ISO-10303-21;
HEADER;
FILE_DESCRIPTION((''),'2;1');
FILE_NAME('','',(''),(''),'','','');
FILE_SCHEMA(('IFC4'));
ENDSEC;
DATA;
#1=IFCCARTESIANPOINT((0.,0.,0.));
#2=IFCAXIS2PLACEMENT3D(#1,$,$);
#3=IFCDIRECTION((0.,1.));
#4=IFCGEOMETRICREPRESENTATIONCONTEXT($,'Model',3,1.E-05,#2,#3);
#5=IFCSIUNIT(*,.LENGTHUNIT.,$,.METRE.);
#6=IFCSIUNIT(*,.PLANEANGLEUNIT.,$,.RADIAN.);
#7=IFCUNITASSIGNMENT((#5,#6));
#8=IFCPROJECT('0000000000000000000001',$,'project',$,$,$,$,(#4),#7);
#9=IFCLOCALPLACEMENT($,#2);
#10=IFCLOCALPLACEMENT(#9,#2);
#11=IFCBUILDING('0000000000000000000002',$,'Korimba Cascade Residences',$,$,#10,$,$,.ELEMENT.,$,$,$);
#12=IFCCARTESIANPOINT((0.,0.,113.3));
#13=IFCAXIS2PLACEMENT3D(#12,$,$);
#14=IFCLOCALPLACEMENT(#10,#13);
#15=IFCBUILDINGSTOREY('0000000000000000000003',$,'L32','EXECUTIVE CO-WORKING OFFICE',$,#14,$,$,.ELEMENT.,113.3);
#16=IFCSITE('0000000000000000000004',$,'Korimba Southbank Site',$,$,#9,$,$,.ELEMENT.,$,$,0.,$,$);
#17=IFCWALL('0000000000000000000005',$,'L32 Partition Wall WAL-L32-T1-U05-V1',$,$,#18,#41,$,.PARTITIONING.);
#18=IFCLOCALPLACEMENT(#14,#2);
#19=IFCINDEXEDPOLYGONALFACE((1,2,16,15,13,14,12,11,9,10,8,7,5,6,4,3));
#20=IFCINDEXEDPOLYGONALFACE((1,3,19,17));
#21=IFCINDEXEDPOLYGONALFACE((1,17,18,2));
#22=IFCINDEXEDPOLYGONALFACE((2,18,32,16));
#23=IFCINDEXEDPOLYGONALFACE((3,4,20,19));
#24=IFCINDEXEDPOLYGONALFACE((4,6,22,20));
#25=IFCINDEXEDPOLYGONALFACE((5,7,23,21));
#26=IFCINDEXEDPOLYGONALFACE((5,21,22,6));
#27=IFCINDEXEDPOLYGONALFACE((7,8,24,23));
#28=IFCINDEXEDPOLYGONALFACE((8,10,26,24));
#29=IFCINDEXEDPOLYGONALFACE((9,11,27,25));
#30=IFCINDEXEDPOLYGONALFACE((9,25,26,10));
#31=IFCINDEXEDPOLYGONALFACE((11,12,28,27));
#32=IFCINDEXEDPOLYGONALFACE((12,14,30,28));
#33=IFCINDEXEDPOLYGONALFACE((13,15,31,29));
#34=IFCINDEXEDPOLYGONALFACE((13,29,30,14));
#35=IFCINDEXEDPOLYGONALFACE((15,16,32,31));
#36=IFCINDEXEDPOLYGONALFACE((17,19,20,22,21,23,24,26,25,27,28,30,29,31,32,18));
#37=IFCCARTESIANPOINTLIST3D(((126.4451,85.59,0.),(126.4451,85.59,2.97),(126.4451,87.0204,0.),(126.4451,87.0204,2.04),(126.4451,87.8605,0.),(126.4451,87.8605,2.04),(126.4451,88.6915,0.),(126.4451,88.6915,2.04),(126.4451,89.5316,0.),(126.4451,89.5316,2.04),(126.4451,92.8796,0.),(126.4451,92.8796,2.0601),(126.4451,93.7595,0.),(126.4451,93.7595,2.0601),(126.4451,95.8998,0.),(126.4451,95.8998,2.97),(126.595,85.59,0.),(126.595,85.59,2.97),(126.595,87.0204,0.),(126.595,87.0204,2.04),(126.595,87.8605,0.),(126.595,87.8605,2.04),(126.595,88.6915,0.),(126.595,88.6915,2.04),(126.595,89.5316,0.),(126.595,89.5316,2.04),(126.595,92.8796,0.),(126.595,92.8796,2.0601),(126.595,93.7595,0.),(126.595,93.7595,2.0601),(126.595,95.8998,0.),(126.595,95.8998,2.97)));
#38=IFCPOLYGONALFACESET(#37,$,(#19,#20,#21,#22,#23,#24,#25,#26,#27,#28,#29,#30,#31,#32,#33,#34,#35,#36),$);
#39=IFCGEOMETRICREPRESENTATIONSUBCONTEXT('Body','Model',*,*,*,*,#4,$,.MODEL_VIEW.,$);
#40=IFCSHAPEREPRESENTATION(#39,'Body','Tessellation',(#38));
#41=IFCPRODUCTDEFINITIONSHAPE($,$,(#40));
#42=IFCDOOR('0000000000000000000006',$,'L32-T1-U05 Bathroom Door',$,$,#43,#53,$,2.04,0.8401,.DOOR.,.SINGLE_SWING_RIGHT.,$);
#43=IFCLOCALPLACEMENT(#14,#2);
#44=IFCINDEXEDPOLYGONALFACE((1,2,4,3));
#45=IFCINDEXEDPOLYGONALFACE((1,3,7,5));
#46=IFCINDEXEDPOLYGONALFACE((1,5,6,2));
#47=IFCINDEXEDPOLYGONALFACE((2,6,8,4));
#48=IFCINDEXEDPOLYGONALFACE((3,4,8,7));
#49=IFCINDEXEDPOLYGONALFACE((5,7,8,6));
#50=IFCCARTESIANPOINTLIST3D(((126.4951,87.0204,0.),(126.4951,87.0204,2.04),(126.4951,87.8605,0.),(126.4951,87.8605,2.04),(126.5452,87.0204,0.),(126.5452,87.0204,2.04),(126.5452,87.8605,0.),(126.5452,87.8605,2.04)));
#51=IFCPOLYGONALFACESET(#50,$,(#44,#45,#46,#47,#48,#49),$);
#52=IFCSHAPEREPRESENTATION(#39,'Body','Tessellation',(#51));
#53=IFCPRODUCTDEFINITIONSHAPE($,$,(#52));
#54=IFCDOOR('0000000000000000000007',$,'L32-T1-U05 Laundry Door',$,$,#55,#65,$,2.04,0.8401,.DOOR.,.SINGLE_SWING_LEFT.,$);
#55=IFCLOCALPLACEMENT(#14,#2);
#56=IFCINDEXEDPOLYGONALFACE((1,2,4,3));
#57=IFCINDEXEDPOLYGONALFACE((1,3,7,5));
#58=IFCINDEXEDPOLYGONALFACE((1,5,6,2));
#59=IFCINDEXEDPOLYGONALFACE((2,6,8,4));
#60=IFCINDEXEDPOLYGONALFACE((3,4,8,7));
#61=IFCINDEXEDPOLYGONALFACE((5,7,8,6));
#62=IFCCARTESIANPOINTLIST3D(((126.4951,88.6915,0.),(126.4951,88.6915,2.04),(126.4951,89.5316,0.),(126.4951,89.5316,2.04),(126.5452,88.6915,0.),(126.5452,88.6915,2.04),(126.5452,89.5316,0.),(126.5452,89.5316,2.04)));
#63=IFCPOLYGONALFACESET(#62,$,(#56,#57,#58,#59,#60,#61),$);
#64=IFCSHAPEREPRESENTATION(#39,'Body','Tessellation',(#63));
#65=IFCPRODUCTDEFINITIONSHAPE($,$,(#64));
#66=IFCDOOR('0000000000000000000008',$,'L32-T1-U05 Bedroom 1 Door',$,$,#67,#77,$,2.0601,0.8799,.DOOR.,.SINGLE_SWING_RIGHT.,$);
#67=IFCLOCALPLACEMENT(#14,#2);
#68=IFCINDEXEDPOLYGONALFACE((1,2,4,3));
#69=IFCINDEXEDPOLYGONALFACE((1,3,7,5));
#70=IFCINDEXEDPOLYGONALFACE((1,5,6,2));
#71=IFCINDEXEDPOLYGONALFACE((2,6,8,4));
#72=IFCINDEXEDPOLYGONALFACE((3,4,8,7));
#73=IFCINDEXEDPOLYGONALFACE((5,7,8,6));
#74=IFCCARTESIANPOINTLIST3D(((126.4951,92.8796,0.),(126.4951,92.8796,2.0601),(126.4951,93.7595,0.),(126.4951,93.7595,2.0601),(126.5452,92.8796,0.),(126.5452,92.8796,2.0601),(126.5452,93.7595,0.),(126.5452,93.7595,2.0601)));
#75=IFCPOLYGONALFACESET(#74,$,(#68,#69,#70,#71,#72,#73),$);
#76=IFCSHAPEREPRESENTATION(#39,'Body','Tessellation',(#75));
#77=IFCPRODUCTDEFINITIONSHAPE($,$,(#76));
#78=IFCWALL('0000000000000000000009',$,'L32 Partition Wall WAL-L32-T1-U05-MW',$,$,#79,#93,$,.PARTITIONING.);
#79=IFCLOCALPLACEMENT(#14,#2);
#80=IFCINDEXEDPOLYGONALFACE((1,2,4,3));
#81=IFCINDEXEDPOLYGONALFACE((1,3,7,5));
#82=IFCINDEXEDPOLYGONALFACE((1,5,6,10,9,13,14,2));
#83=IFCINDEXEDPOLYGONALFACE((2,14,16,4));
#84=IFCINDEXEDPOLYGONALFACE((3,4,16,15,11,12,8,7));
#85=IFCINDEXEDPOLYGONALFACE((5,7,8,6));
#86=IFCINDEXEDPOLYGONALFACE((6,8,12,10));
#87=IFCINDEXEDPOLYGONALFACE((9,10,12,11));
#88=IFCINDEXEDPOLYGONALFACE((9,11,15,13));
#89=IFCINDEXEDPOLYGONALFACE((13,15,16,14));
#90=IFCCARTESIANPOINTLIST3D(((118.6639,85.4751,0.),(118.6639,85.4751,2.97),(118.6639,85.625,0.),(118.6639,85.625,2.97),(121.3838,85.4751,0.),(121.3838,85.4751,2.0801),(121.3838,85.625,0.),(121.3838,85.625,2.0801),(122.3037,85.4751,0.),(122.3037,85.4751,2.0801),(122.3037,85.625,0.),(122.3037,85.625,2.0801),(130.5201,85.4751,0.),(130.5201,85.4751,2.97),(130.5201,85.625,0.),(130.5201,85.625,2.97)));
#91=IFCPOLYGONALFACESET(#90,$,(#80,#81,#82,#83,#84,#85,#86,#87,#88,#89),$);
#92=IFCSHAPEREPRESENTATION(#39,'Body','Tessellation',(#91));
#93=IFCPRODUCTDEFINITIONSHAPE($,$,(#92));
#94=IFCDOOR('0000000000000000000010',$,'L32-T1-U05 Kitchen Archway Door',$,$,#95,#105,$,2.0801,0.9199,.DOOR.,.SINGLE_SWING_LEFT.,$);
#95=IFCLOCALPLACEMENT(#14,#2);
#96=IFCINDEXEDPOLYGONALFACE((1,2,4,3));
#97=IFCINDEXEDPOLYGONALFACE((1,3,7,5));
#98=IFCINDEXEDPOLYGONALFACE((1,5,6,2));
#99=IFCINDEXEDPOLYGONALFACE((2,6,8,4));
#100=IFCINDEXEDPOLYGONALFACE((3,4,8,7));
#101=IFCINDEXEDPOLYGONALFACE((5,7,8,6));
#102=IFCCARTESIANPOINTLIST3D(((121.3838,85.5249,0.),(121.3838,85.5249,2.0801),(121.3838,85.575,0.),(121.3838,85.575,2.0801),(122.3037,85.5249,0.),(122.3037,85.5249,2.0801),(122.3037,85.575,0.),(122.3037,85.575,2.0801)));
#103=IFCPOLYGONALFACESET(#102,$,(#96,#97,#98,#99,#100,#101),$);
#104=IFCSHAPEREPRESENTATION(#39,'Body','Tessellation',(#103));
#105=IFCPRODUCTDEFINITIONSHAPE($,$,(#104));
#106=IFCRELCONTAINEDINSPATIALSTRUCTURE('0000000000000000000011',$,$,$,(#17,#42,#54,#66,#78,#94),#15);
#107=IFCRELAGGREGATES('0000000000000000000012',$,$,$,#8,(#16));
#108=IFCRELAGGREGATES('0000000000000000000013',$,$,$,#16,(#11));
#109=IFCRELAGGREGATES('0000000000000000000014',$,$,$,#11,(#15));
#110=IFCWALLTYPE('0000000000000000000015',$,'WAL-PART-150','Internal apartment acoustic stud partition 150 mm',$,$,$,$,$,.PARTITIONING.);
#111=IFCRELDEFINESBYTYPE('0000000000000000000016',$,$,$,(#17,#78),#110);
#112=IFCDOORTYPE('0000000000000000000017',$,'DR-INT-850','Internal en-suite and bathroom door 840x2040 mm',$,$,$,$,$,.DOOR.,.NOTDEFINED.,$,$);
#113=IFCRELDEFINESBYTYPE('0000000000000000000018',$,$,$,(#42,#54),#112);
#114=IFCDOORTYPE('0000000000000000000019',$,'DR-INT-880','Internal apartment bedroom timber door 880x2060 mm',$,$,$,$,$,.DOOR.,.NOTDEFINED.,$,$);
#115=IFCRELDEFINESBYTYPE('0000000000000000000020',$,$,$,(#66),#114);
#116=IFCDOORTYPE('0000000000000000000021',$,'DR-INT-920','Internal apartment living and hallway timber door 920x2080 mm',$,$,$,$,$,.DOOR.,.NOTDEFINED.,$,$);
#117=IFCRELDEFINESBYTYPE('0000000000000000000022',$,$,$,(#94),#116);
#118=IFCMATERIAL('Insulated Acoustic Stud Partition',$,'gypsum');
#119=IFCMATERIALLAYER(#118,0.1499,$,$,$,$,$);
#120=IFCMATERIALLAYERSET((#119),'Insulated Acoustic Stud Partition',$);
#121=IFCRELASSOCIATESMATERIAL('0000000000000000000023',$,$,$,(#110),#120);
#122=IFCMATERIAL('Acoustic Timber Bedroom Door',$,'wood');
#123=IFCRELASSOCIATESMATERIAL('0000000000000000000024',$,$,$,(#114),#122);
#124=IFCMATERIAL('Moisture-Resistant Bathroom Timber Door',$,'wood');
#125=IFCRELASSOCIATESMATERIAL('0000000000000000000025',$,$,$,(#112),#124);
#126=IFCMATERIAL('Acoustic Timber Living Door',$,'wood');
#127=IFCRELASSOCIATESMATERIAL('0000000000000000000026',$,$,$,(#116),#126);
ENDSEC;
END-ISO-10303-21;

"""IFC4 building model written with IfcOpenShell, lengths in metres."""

from ifc_helpers import new_model, si_unit, direction, frame, frame_2d, origin, place, context, subcontext, project, spatial, rectangle, extrude, material, layer, layer_set, type_object, element, fill, save


model = new_model("IFC4")

# Units and contexts
model_context = context("Model", 3, precision=1e-05, world=origin(), true_north=direction((0.0, 1.0)))
body_context = subcontext(model_context, "Body", "Model", "MODEL_VIEW")
ifc_project = project(units=[si_unit("LENGTHUNIT", "METRE"), si_unit("PLANEANGLEUNIT", "RADIAN")], contexts=[model_context])

# Site, building, storey
site_placement = place(None, origin())
site = spatial("IfcSite", under=ifc_project, at=site_placement, Name="Korimba Southbank Site", CompositionType="ELEMENT", RefElevation=0.0)
building_placement = place(site_placement, origin())
building = spatial("IfcBuilding", under=site, at=building_placement, Name="Korimba Cascade Residences", CompositionType="ELEMENT")
storey_placement = place(building_placement, frame((0.0, 0.0, 113.3)))
storey = spatial("IfcBuildingStorey", under=building, at=storey_placement, Name="L32", Description="EXECUTIVE CO-WORKING OFFICE", CompositionType="ELEMENT", Elevation=113.3)

# Shared definitions
ifc_material_1 = material(Name="Insulated Acoustic Stud Partition", Category="gypsum")
ifc_layer_1 = layer(ifc_material_1, 0.1499)
ifc_layer_set_1 = layer_set([ifc_layer_1], Name="Insulated Acoustic Stud Partition")
wall_type_1 = type_object("IfcWallType", Name="WAL-PART-150", Description="Internal apartment acoustic stud partition 150 mm", PredefinedType="PARTITIONING", material=ifc_layer_set_1)
ifc_material_2 = material(Name="Acoustic Timber Bedroom Door", Category="wood")
door_type_1 = type_object("IfcDoorType", Name="DR-INT-880", Description="Internal apartment bedroom timber door 880x2060 mm", OperationType="NOTDEFINED", PredefinedType="DOOR", material=ifc_material_2)

# Wall, openings, doors
wall_1_placement = place(storey_placement, frame((126.52, 85.5901, 0.0), z_axis=(0.0, 0.0, 1.0), x_axis=(0.0, 1.0, 0.0)))
wall_1 = element("IfcWall", 1, at=wall_1_placement, inside=storey, type_object=wall_type_1, Name="L32 Partition Wall WAL-L32-T1-U05-V1", PredefinedType="PARTITIONING", context=body_context, shape_type="SweptSolid", body=[
    extrude(rectangle(XDim=10.3098, YDim=0.1499, at=frame_2d((5.1548, 0.0))), origin(), (0.0, 0.0, 1.0), 2.97),
])
opening_1_placement = place(wall_1_placement, frame((1.4304, 0.0, 0.0)))
opening_1 = element("IfcOpeningElement", 2, at=opening_1_placement, cuts=wall_1, PredefinedType="OPENING", context=body_context, shape_type="SweptSolid", body=[
    extrude(rectangle(XDim=0.8401, YDim=2.04, at=frame_2d((0.4199, 1.02))), frame((0.0, 0.085, 0.0), z_axis=(0.0, -1.0, 0.0), x_axis=(1.0, 0.0, 0.0)), (0.0, 0.0, 1.0), 0.1699),
])
opening_2_placement = place(wall_1_placement, frame((3.1016, 0.0, 0.0)))
opening_2 = element("IfcOpeningElement", 3, at=opening_2_placement, cuts=wall_1, PredefinedType="OPENING", context=body_context, shape_type="SweptSolid", body=[
    extrude(rectangle(XDim=0.8401, YDim=2.04, at=frame_2d((0.4199, 1.02))), frame((0.0, 0.085, 0.0), z_axis=(0.0, -1.0, 0.0), x_axis=(1.0, 0.0, 0.0)), (0.0, 0.0, 1.0), 0.1699),
])
opening_3_placement = place(wall_1_placement, frame((7.2896, 0.0, 0.0)))
opening_3 = element("IfcOpeningElement", 4, at=opening_3_placement, cuts=wall_1, PredefinedType="OPENING", context=body_context, shape_type="SweptSolid", body=[
    extrude(rectangle(XDim=0.8799, YDim=2.0601, at=frame_2d((0.4399, 1.03))), frame((0.0, 0.085, 0.0), z_axis=(0.0, -1.0, 0.0), x_axis=(1.0, 0.0, 0.0)), (0.0, 0.0, 1.0), 0.1699),
])
ifc_material_3 = material(Name="Moisture-Resistant Bathroom Timber Door", Category="wood")
door_type_2 = type_object("IfcDoorType", Name="DR-INT-850", Description="Internal en-suite and bathroom door 840x2040 mm", OperationType="NOTDEFINED", PredefinedType="DOOR", material=ifc_material_3)
door_1_placement = place(opening_1_placement, origin())
door_1 = element("IfcDoor", 5, at=door_1_placement, inside=storey, type_object=door_type_2, Name="L32-T1-U05 Bathroom Door", OperationType="SINGLE_SWING_RIGHT", OverallHeight=2.04, OverallWidth=0.8401, PredefinedType="DOOR", context=body_context, shape_type="SweptSolid", body=[
    extrude(rectangle(XDim=0.8401, YDim=2.04, at=frame_2d((0.4199, 1.02))), frame((0.0, 0.0249, 0.0), z_axis=(0.0, -1.0, 0.0), x_axis=(1.0, 0.0, 0.0)), (0.0, 0.0, 1.0), 0.05),
])
fill(opening_1, door_1)
door_2_placement = place(opening_2_placement, origin())
door_2 = element("IfcDoor", 6, at=door_2_placement, inside=storey, type_object=door_type_2, Name="L32-T1-U05 Laundry Door", OperationType="SINGLE_SWING_LEFT", OverallHeight=2.04, OverallWidth=0.8401, PredefinedType="DOOR", context=body_context, shape_type="SweptSolid", body=[
    extrude(rectangle(XDim=0.8401, YDim=2.04, at=frame_2d((0.4199, 1.02))), frame((0.0, 0.0249, 0.0), z_axis=(0.0, -1.0, 0.0), x_axis=(1.0, 0.0, 0.0)), (0.0, 0.0, 1.0), 0.05),
])
fill(opening_2, door_2)
door_3_placement = place(opening_3_placement, origin())
door_3 = element("IfcDoor", 7, at=door_3_placement, inside=storey, type_object=door_type_1, Name="L32-T1-U05 Bedroom 1 Door", OperationType="SINGLE_SWING_RIGHT", OverallHeight=2.0601, OverallWidth=0.8799, PredefinedType="DOOR", context=body_context, shape_type="SweptSolid", body=[
    extrude(rectangle(XDim=0.8799, YDim=2.0601, at=frame_2d((0.4399, 1.03))), frame((0.0, 0.0249, 0.0), z_axis=(0.0, -1.0, 0.0), x_axis=(1.0, 0.0, 0.0)), (0.0, 0.0, 1.0), 0.05),
])
fill(opening_3, door_3)

# Wall, opening, door
wall_2_placement = place(storey_placement, frame((118.6638, 85.55, 0.0), z_axis=(0.0, 0.0, 1.0), x_axis=(1.0, 0.0, 0.0)))
wall_2 = element("IfcWall", 8, at=wall_2_placement, inside=storey, type_object=wall_type_1, Name="L32 Partition Wall WAL-L32-T1-U05-MW", PredefinedType="PARTITIONING", context=body_context, shape_type="SweptSolid", body=[
    extrude(rectangle(XDim=11.8562, YDim=0.1499, at=frame_2d((5.9282, 0.0))), origin(), (0.0, 0.0, 1.0), 2.97),
])
opening_4_placement = place(wall_2_placement, frame((2.72, 0.0, 0.0)))
opening_4 = element("IfcOpeningElement", 9, at=opening_4_placement, cuts=wall_2, PredefinedType="OPENING", context=body_context, shape_type="SweptSolid", body=[
    extrude(rectangle(XDim=0.9199, YDim=2.0801, at=frame_2d((0.46, 1.04))), frame((0.0, 0.085, 0.0), z_axis=(0.0, -1.0, 0.0), x_axis=(1.0, 0.0, 0.0)), (0.0, 0.0, 1.0), 0.1699),
])
ifc_material_4 = material(Name="Acoustic Timber Living Door", Category="wood")
door_type_3 = type_object("IfcDoorType", Name="DR-INT-920", Description="Internal apartment living and hallway timber door 920x2080 mm", OperationType="NOTDEFINED", PredefinedType="DOOR", material=ifc_material_4)
door_4_placement = place(opening_4_placement, origin())
door_4 = element("IfcDoor", 10, at=door_4_placement, inside=storey, type_object=door_type_3, Name="L32-T1-U05 Kitchen Archway Door", OperationType="SINGLE_SWING_LEFT", OverallHeight=2.0801, OverallWidth=0.9199, PredefinedType="DOOR", context=body_context, shape_type="SweptSolid", body=[
    extrude(rectangle(XDim=0.9199, YDim=2.0801, at=frame_2d((0.46, 1.04))), frame((0.0, 0.0249, 0.0), z_axis=(0.0, -1.0, 0.0), x_axis=(1.0, 0.0, 0.0)), (0.0, 0.0, 1.0), 0.05),
])
fill(opening_4, door_4)

save(model, "model.ifc")
